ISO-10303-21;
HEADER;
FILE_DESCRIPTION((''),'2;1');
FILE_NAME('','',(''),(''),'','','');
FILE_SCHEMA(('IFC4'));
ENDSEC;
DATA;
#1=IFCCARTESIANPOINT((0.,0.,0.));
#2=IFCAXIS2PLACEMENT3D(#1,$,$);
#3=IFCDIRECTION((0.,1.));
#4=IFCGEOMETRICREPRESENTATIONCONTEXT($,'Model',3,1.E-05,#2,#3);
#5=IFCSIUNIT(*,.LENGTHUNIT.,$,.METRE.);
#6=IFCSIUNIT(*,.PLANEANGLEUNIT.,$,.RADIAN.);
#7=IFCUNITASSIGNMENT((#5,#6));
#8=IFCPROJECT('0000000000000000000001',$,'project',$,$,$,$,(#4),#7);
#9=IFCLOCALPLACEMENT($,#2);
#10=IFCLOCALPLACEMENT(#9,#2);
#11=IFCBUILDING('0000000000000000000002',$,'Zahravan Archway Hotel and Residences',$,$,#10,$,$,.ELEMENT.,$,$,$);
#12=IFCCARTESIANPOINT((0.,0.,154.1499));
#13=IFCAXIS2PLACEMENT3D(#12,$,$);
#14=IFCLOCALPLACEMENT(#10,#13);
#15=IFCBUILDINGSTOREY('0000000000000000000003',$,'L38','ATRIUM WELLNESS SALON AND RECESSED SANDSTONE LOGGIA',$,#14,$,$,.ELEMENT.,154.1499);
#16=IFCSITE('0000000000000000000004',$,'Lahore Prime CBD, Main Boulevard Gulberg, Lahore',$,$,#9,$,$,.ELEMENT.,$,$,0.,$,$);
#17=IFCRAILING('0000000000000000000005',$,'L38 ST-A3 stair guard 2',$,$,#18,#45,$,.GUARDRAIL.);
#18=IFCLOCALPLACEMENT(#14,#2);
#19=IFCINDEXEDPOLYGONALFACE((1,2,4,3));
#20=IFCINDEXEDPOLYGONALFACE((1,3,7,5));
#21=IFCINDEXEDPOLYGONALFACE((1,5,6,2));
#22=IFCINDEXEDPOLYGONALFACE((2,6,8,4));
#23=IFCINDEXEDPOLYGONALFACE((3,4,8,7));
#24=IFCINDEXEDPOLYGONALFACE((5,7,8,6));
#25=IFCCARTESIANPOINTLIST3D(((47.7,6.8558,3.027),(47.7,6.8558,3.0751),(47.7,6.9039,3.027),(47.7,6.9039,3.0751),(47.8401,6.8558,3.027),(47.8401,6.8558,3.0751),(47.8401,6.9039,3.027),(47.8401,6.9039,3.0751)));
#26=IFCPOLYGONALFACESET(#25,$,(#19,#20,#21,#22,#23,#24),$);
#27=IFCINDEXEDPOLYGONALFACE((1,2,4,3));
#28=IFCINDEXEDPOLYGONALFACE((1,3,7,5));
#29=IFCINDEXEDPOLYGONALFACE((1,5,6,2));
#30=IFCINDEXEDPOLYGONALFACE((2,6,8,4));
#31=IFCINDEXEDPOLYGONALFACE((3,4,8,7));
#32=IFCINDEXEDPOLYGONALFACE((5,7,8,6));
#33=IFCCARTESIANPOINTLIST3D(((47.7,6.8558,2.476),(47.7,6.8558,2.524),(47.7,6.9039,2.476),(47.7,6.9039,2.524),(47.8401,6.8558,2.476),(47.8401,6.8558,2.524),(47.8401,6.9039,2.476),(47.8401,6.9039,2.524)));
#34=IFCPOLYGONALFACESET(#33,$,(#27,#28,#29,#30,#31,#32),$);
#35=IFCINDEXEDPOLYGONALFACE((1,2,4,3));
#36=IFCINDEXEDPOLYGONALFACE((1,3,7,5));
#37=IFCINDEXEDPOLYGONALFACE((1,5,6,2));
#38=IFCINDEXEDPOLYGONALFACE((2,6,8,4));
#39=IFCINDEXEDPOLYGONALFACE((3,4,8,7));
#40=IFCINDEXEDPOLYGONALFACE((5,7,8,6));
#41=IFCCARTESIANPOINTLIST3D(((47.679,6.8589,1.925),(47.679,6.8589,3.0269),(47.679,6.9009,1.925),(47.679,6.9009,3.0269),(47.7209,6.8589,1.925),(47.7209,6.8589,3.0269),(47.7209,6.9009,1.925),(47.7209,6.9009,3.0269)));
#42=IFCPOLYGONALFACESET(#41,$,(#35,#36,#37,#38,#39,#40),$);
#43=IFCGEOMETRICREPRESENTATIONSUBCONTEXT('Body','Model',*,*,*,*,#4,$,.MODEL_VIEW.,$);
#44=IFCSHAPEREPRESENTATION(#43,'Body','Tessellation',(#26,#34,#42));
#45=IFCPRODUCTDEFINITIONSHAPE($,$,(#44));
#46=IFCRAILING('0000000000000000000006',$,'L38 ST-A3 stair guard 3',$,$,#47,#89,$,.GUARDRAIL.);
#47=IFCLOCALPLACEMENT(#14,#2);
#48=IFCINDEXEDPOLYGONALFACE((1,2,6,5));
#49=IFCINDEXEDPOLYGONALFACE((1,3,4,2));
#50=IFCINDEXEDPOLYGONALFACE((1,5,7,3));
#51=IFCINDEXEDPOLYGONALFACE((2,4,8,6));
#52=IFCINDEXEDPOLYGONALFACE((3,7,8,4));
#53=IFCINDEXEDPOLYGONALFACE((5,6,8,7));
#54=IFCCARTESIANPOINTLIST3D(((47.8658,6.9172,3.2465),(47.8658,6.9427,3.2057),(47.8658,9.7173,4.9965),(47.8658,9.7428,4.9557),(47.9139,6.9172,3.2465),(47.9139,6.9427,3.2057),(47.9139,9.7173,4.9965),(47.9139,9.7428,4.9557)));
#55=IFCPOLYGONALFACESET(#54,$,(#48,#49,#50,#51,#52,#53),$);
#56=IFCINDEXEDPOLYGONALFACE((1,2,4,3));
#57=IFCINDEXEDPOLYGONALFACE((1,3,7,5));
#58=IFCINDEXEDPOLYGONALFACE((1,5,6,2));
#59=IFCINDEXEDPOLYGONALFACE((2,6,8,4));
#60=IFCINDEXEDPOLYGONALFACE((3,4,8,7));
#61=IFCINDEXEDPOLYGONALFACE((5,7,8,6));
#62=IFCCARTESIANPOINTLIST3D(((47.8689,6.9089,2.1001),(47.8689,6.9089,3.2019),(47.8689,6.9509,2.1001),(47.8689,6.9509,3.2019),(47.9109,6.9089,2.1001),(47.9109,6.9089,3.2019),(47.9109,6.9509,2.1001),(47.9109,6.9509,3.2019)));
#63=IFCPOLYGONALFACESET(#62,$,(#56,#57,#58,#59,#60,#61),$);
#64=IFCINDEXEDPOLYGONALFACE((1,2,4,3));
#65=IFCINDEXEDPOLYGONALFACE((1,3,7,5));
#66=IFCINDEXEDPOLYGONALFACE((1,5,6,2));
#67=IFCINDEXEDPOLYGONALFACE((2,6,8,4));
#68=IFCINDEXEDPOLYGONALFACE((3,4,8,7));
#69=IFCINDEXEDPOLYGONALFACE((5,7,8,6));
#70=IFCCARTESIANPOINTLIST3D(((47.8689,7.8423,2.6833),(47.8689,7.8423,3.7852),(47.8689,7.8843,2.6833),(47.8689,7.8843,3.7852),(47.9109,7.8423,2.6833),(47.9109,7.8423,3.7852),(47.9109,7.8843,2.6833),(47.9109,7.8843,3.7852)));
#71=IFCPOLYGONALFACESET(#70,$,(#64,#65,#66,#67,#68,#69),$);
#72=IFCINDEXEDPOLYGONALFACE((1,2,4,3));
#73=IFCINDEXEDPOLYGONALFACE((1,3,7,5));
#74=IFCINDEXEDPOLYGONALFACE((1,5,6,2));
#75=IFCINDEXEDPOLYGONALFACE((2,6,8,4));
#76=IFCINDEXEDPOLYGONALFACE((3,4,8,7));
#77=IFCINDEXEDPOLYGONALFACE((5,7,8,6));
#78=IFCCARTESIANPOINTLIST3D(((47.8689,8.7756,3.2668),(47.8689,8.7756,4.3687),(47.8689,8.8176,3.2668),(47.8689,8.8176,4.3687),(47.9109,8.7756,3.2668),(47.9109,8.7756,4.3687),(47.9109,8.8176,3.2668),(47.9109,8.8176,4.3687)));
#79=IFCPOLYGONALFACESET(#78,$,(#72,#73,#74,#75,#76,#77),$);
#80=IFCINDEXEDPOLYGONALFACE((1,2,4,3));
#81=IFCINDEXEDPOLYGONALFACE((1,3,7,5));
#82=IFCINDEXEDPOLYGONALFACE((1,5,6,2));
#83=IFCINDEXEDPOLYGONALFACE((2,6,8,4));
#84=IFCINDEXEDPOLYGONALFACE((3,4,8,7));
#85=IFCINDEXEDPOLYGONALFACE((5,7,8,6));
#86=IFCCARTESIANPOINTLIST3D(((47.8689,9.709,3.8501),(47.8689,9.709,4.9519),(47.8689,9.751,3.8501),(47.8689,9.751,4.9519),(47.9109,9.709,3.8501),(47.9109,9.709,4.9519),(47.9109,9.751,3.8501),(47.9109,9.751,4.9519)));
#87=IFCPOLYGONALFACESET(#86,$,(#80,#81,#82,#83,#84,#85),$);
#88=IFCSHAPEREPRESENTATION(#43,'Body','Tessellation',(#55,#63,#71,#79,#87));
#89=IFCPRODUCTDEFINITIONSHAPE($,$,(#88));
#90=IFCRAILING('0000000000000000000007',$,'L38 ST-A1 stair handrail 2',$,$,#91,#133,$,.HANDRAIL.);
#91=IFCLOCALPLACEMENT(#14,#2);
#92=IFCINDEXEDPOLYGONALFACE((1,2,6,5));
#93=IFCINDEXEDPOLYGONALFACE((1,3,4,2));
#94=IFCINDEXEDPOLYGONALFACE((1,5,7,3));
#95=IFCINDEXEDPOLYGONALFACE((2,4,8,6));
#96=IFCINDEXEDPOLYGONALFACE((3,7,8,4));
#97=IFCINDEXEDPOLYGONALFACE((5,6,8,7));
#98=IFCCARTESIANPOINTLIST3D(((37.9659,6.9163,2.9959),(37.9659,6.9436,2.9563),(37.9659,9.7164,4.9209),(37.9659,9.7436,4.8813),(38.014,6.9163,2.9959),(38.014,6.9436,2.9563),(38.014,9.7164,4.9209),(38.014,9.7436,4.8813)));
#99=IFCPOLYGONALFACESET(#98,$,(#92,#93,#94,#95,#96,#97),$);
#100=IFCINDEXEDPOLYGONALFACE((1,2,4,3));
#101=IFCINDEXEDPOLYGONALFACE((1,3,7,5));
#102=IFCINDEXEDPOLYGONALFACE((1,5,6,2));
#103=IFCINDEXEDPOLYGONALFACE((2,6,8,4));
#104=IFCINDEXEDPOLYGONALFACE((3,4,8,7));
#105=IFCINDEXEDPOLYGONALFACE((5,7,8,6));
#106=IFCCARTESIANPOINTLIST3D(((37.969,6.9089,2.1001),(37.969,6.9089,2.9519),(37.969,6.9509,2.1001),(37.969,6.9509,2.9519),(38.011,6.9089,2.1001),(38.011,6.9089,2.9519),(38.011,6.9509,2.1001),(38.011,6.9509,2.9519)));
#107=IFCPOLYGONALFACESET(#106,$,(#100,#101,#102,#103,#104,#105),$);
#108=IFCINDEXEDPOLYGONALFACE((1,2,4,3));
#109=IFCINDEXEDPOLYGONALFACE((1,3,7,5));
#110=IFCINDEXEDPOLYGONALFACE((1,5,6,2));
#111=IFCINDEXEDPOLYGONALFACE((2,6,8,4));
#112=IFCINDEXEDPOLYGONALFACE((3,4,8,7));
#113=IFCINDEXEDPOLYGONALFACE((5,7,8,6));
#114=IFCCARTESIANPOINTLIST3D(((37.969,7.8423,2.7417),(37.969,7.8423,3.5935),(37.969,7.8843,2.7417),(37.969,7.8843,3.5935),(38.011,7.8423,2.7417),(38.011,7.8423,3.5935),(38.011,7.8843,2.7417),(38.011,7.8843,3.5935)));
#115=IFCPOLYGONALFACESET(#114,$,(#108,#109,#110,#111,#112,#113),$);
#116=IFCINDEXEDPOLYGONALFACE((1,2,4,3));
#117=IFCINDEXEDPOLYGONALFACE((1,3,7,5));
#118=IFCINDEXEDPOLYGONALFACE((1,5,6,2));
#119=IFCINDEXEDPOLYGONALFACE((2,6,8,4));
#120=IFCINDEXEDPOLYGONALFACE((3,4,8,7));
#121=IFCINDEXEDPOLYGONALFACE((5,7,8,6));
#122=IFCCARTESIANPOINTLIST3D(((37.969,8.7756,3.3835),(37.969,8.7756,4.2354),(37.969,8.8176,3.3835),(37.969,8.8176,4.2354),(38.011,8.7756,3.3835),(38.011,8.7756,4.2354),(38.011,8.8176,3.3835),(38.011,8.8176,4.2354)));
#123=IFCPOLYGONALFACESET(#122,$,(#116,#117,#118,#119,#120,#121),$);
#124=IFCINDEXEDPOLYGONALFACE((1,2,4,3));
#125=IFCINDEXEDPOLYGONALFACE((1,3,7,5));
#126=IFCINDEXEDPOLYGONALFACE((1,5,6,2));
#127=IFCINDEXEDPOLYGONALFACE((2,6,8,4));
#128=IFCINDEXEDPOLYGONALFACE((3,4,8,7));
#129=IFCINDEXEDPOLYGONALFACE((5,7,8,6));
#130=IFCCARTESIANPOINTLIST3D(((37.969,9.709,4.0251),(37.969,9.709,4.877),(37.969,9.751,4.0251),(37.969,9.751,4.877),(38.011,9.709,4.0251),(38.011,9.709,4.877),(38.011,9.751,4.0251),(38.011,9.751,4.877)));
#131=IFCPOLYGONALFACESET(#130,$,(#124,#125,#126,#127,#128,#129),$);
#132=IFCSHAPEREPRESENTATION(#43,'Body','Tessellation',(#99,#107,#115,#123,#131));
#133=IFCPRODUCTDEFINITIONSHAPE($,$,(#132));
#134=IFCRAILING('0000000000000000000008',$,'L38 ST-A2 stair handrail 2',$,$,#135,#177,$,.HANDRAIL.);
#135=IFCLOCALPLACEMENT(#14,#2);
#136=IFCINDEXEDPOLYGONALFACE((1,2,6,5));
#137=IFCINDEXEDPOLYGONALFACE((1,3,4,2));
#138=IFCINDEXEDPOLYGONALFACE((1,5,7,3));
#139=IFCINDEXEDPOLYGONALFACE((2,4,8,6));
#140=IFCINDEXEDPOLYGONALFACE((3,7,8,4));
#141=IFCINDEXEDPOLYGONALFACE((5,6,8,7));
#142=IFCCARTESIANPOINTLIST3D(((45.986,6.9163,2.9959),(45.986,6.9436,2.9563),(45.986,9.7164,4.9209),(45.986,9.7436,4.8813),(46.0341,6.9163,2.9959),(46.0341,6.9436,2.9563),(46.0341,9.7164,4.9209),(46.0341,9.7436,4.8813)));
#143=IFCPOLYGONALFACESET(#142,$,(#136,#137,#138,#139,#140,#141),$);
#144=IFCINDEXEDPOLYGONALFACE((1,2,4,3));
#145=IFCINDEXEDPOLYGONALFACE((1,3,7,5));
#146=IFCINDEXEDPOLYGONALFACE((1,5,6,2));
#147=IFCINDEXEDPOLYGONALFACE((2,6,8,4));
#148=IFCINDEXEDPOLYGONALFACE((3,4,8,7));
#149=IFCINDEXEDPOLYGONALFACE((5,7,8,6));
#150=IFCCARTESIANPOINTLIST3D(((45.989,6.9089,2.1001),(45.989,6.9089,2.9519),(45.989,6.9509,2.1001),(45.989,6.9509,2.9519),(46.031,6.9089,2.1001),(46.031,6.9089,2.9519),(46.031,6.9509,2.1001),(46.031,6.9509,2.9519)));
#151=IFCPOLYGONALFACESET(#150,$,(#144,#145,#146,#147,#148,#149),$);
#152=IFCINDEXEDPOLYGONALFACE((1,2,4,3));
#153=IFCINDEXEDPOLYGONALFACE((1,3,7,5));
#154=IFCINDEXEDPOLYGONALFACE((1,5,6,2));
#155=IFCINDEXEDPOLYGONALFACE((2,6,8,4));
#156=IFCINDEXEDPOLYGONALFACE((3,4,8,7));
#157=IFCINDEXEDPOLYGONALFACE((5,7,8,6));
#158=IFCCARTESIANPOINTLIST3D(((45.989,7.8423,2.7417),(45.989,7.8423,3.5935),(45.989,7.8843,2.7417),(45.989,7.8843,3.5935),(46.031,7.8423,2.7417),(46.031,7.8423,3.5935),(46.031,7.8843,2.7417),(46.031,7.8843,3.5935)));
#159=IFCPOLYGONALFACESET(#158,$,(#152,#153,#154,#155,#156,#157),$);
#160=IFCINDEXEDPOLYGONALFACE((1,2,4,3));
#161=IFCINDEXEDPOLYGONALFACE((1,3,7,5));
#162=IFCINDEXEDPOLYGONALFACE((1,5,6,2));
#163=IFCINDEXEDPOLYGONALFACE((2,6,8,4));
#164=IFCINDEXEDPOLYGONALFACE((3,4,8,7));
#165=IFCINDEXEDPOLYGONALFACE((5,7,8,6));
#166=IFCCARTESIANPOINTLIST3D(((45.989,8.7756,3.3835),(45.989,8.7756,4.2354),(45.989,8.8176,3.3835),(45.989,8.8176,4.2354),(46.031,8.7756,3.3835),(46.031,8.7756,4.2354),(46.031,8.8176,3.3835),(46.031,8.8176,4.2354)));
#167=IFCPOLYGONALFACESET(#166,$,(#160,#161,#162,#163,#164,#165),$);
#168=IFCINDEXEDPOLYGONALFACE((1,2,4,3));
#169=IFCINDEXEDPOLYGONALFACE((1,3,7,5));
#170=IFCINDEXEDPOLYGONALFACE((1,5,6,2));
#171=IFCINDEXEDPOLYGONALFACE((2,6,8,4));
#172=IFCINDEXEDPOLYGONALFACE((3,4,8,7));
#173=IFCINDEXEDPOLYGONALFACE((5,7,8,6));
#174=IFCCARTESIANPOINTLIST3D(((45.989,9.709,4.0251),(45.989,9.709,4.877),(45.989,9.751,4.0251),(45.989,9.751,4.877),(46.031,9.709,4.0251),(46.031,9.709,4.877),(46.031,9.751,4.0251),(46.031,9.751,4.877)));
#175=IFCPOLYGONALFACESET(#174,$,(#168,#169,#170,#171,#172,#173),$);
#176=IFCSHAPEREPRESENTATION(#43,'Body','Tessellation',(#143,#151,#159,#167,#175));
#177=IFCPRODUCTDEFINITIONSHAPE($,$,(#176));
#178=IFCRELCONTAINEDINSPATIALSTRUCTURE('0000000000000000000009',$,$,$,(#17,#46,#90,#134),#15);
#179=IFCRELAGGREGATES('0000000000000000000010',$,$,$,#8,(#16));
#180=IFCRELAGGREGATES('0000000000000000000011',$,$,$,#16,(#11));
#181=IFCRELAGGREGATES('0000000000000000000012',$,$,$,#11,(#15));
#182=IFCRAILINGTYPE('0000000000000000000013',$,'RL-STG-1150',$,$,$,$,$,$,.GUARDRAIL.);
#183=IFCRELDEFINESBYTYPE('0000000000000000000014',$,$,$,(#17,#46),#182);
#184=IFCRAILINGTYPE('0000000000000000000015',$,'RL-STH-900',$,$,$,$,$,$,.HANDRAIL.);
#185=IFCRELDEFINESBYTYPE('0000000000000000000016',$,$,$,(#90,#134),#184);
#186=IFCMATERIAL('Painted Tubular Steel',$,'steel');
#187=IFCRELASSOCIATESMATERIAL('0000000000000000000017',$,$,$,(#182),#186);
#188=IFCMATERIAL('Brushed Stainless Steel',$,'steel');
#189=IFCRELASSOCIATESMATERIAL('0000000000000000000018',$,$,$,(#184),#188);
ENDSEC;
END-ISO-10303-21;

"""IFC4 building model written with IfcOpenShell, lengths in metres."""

from ifc_helpers import new_model, si_unit, direction, frame, origin, origin_2d, place, context, subcontext, project, spatial, rectangle, extrude, material, type_object, element, save


model = new_model("IFC4")

# Units and contexts
model_context = context("Model", 3, precision=1e-05, world=origin(), true_north=direction((0.0, 1.0)))
body_context = subcontext(model_context, "Body", "Model", "MODEL_VIEW")
ifc_project = project(units=[si_unit("LENGTHUNIT", "METRE"), si_unit("PLANEANGLEUNIT", "RADIAN")], contexts=[model_context])

# Site, building, storey
site_placement = place(None, origin())
site = spatial("IfcSite", under=ifc_project, at=site_placement, Name="Lahore Prime CBD, Main Boulevard Gulberg, Lahore", CompositionType="ELEMENT", RefElevation=0.0)
building_placement = place(site_placement, origin())
building = spatial("IfcBuilding", under=site, at=building_placement, Name="Zahravan Archway Hotel and Residences", CompositionType="ELEMENT")
storey_placement = place(building_placement, frame((0.0, 0.0, 154.1499)))
storey = spatial("IfcBuildingStorey", under=building, at=storey_placement, Name="L38", Description="ATRIUM WELLNESS SALON AND RECESSED SANDSTONE LOGGIA", CompositionType="ELEMENT", Elevation=154.1499)

# Railings
ifc_material_1 = material(Name="Painted Tubular Steel", Category="steel")
railing_type_1 = type_object("IfcRailingType", Name="RL-STG-1150", PredefinedType="GUARDRAIL", material=ifc_material_1)
railing_1_placement = place(storey_placement, frame((47.7, 6.8799, 1.925)))
element("IfcRailing", 1, at=railing_1_placement, inside=storey, type_object=railing_type_1, Name="L38 ST-A3 stair guard 2", PredefinedType="GUARDRAIL", context=body_context, shape_type="SweptSolid", body=[
    extrude(rectangle(XDim=0.0481, YDim=0.0481, at=origin_2d()), frame((0.0, 0.0, 1.126), z_axis=(1.0, 0.0, 0.0), x_axis=(0.0, 1.0, 0.0)), (0.0, 0.0, 1.0), 0.1401),
    extrude(rectangle(XDim=0.0481, YDim=0.0481, at=origin_2d()), frame((0.0, 0.0, 0.575), z_axis=(1.0, 0.0, 0.0), x_axis=(0.0, 1.0, 0.0)), (0.0, 0.0, 1.0), 0.1401),
    extrude(rectangle(XDim=0.042, YDim=0.042, at=origin_2d()), origin(), (0.0, 0.0, 1.0), 1.1018),
])
railing_2_placement = place(storey_placement, frame((47.8899, 6.9299, 2.1001)))
element("IfcRailing", 2, at=railing_2_placement, inside=storey, type_object=railing_type_1, Name="L38 ST-A3 stair guard 3", PredefinedType="GUARDRAIL", context=body_context, shape_type="SweptSolid", body=[
    extrude(rectangle(XDim=0.0481, YDim=0.0481, at=origin_2d()), frame((0.0, 0.0, 1.126), z_axis=(0.0, 0.848002, 0.529992), x_axis=(-1.0, 0.0, 0.0)), (0.0, 0.0, 1.0), 3.302),
    extrude(rectangle(XDim=0.042, YDim=0.042, at=origin_2d()), origin(), (0.0, 0.0, 1.0), 1.1018),
    extrude(rectangle(XDim=0.042, YDim=0.042, at=origin_2d()), frame((0.0, 0.9333, 0.5833)), (0.0, 0.0, 1.0), 1.1018),
    extrude(rectangle(XDim=0.042, YDim=0.042, at=origin_2d()), frame((0.0, 1.8667, 1.1667)), (0.0, 0.0, 1.0), 1.1018),
    extrude(rectangle(XDim=0.042, YDim=0.042, at=origin_2d()), frame((0.0, 2.8, 1.75)), (0.0, 0.0, 1.0), 1.1018),
])
ifc_material_2 = material(Name="Brushed Stainless Steel", Category="steel")
railing_type_2 = type_object("IfcRailingType", Name="RL-STH-900", PredefinedType="HANDRAIL", material=ifc_material_2)
for number, where, name in (
    (3, (37.99, 6.9299, 2.1001), "L38 ST-A1 stair handrail 2"),
    (4, (46.01, 6.9299, 2.1001), "L38 ST-A2 stair handrail 2"),
):
    element("IfcRailing", number, at=place(storey_placement, frame(where)), inside=storey, type_object=railing_type_2, Name=name, PredefinedType="HANDRAIL", context=body_context, shape_type="SweptSolid", body=[
        extrude(rectangle(XDim=0.0481, YDim=0.0481, at=origin_2d()), frame((0.0, 0.0, 0.876), z_axis=(0.0, 0.82404, 0.566532), x_axis=(-1.0, 0.0, 0.0)), (0.0, 0.0, 1.0), 3.3979),
        extrude(rectangle(XDim=0.042, YDim=0.042, at=origin_2d()), origin(), (0.0, 0.0, 1.0), 0.8518),
        extrude(rectangle(XDim=0.042, YDim=0.042, at=origin_2d()), frame((0.0, 0.9333, 0.6416)), (0.0, 0.0, 1.0), 0.8518),
        extrude(rectangle(XDim=0.042, YDim=0.042, at=origin_2d()), frame((0.0, 1.8667, 1.2834)), (0.0, 0.0, 1.0), 0.8518),
        extrude(rectangle(XDim=0.042, YDim=0.042, at=origin_2d()), frame((0.0, 2.8, 1.925)), (0.0, 0.0, 1.0), 0.8518),
    ])

save(model, "model.ifc")
